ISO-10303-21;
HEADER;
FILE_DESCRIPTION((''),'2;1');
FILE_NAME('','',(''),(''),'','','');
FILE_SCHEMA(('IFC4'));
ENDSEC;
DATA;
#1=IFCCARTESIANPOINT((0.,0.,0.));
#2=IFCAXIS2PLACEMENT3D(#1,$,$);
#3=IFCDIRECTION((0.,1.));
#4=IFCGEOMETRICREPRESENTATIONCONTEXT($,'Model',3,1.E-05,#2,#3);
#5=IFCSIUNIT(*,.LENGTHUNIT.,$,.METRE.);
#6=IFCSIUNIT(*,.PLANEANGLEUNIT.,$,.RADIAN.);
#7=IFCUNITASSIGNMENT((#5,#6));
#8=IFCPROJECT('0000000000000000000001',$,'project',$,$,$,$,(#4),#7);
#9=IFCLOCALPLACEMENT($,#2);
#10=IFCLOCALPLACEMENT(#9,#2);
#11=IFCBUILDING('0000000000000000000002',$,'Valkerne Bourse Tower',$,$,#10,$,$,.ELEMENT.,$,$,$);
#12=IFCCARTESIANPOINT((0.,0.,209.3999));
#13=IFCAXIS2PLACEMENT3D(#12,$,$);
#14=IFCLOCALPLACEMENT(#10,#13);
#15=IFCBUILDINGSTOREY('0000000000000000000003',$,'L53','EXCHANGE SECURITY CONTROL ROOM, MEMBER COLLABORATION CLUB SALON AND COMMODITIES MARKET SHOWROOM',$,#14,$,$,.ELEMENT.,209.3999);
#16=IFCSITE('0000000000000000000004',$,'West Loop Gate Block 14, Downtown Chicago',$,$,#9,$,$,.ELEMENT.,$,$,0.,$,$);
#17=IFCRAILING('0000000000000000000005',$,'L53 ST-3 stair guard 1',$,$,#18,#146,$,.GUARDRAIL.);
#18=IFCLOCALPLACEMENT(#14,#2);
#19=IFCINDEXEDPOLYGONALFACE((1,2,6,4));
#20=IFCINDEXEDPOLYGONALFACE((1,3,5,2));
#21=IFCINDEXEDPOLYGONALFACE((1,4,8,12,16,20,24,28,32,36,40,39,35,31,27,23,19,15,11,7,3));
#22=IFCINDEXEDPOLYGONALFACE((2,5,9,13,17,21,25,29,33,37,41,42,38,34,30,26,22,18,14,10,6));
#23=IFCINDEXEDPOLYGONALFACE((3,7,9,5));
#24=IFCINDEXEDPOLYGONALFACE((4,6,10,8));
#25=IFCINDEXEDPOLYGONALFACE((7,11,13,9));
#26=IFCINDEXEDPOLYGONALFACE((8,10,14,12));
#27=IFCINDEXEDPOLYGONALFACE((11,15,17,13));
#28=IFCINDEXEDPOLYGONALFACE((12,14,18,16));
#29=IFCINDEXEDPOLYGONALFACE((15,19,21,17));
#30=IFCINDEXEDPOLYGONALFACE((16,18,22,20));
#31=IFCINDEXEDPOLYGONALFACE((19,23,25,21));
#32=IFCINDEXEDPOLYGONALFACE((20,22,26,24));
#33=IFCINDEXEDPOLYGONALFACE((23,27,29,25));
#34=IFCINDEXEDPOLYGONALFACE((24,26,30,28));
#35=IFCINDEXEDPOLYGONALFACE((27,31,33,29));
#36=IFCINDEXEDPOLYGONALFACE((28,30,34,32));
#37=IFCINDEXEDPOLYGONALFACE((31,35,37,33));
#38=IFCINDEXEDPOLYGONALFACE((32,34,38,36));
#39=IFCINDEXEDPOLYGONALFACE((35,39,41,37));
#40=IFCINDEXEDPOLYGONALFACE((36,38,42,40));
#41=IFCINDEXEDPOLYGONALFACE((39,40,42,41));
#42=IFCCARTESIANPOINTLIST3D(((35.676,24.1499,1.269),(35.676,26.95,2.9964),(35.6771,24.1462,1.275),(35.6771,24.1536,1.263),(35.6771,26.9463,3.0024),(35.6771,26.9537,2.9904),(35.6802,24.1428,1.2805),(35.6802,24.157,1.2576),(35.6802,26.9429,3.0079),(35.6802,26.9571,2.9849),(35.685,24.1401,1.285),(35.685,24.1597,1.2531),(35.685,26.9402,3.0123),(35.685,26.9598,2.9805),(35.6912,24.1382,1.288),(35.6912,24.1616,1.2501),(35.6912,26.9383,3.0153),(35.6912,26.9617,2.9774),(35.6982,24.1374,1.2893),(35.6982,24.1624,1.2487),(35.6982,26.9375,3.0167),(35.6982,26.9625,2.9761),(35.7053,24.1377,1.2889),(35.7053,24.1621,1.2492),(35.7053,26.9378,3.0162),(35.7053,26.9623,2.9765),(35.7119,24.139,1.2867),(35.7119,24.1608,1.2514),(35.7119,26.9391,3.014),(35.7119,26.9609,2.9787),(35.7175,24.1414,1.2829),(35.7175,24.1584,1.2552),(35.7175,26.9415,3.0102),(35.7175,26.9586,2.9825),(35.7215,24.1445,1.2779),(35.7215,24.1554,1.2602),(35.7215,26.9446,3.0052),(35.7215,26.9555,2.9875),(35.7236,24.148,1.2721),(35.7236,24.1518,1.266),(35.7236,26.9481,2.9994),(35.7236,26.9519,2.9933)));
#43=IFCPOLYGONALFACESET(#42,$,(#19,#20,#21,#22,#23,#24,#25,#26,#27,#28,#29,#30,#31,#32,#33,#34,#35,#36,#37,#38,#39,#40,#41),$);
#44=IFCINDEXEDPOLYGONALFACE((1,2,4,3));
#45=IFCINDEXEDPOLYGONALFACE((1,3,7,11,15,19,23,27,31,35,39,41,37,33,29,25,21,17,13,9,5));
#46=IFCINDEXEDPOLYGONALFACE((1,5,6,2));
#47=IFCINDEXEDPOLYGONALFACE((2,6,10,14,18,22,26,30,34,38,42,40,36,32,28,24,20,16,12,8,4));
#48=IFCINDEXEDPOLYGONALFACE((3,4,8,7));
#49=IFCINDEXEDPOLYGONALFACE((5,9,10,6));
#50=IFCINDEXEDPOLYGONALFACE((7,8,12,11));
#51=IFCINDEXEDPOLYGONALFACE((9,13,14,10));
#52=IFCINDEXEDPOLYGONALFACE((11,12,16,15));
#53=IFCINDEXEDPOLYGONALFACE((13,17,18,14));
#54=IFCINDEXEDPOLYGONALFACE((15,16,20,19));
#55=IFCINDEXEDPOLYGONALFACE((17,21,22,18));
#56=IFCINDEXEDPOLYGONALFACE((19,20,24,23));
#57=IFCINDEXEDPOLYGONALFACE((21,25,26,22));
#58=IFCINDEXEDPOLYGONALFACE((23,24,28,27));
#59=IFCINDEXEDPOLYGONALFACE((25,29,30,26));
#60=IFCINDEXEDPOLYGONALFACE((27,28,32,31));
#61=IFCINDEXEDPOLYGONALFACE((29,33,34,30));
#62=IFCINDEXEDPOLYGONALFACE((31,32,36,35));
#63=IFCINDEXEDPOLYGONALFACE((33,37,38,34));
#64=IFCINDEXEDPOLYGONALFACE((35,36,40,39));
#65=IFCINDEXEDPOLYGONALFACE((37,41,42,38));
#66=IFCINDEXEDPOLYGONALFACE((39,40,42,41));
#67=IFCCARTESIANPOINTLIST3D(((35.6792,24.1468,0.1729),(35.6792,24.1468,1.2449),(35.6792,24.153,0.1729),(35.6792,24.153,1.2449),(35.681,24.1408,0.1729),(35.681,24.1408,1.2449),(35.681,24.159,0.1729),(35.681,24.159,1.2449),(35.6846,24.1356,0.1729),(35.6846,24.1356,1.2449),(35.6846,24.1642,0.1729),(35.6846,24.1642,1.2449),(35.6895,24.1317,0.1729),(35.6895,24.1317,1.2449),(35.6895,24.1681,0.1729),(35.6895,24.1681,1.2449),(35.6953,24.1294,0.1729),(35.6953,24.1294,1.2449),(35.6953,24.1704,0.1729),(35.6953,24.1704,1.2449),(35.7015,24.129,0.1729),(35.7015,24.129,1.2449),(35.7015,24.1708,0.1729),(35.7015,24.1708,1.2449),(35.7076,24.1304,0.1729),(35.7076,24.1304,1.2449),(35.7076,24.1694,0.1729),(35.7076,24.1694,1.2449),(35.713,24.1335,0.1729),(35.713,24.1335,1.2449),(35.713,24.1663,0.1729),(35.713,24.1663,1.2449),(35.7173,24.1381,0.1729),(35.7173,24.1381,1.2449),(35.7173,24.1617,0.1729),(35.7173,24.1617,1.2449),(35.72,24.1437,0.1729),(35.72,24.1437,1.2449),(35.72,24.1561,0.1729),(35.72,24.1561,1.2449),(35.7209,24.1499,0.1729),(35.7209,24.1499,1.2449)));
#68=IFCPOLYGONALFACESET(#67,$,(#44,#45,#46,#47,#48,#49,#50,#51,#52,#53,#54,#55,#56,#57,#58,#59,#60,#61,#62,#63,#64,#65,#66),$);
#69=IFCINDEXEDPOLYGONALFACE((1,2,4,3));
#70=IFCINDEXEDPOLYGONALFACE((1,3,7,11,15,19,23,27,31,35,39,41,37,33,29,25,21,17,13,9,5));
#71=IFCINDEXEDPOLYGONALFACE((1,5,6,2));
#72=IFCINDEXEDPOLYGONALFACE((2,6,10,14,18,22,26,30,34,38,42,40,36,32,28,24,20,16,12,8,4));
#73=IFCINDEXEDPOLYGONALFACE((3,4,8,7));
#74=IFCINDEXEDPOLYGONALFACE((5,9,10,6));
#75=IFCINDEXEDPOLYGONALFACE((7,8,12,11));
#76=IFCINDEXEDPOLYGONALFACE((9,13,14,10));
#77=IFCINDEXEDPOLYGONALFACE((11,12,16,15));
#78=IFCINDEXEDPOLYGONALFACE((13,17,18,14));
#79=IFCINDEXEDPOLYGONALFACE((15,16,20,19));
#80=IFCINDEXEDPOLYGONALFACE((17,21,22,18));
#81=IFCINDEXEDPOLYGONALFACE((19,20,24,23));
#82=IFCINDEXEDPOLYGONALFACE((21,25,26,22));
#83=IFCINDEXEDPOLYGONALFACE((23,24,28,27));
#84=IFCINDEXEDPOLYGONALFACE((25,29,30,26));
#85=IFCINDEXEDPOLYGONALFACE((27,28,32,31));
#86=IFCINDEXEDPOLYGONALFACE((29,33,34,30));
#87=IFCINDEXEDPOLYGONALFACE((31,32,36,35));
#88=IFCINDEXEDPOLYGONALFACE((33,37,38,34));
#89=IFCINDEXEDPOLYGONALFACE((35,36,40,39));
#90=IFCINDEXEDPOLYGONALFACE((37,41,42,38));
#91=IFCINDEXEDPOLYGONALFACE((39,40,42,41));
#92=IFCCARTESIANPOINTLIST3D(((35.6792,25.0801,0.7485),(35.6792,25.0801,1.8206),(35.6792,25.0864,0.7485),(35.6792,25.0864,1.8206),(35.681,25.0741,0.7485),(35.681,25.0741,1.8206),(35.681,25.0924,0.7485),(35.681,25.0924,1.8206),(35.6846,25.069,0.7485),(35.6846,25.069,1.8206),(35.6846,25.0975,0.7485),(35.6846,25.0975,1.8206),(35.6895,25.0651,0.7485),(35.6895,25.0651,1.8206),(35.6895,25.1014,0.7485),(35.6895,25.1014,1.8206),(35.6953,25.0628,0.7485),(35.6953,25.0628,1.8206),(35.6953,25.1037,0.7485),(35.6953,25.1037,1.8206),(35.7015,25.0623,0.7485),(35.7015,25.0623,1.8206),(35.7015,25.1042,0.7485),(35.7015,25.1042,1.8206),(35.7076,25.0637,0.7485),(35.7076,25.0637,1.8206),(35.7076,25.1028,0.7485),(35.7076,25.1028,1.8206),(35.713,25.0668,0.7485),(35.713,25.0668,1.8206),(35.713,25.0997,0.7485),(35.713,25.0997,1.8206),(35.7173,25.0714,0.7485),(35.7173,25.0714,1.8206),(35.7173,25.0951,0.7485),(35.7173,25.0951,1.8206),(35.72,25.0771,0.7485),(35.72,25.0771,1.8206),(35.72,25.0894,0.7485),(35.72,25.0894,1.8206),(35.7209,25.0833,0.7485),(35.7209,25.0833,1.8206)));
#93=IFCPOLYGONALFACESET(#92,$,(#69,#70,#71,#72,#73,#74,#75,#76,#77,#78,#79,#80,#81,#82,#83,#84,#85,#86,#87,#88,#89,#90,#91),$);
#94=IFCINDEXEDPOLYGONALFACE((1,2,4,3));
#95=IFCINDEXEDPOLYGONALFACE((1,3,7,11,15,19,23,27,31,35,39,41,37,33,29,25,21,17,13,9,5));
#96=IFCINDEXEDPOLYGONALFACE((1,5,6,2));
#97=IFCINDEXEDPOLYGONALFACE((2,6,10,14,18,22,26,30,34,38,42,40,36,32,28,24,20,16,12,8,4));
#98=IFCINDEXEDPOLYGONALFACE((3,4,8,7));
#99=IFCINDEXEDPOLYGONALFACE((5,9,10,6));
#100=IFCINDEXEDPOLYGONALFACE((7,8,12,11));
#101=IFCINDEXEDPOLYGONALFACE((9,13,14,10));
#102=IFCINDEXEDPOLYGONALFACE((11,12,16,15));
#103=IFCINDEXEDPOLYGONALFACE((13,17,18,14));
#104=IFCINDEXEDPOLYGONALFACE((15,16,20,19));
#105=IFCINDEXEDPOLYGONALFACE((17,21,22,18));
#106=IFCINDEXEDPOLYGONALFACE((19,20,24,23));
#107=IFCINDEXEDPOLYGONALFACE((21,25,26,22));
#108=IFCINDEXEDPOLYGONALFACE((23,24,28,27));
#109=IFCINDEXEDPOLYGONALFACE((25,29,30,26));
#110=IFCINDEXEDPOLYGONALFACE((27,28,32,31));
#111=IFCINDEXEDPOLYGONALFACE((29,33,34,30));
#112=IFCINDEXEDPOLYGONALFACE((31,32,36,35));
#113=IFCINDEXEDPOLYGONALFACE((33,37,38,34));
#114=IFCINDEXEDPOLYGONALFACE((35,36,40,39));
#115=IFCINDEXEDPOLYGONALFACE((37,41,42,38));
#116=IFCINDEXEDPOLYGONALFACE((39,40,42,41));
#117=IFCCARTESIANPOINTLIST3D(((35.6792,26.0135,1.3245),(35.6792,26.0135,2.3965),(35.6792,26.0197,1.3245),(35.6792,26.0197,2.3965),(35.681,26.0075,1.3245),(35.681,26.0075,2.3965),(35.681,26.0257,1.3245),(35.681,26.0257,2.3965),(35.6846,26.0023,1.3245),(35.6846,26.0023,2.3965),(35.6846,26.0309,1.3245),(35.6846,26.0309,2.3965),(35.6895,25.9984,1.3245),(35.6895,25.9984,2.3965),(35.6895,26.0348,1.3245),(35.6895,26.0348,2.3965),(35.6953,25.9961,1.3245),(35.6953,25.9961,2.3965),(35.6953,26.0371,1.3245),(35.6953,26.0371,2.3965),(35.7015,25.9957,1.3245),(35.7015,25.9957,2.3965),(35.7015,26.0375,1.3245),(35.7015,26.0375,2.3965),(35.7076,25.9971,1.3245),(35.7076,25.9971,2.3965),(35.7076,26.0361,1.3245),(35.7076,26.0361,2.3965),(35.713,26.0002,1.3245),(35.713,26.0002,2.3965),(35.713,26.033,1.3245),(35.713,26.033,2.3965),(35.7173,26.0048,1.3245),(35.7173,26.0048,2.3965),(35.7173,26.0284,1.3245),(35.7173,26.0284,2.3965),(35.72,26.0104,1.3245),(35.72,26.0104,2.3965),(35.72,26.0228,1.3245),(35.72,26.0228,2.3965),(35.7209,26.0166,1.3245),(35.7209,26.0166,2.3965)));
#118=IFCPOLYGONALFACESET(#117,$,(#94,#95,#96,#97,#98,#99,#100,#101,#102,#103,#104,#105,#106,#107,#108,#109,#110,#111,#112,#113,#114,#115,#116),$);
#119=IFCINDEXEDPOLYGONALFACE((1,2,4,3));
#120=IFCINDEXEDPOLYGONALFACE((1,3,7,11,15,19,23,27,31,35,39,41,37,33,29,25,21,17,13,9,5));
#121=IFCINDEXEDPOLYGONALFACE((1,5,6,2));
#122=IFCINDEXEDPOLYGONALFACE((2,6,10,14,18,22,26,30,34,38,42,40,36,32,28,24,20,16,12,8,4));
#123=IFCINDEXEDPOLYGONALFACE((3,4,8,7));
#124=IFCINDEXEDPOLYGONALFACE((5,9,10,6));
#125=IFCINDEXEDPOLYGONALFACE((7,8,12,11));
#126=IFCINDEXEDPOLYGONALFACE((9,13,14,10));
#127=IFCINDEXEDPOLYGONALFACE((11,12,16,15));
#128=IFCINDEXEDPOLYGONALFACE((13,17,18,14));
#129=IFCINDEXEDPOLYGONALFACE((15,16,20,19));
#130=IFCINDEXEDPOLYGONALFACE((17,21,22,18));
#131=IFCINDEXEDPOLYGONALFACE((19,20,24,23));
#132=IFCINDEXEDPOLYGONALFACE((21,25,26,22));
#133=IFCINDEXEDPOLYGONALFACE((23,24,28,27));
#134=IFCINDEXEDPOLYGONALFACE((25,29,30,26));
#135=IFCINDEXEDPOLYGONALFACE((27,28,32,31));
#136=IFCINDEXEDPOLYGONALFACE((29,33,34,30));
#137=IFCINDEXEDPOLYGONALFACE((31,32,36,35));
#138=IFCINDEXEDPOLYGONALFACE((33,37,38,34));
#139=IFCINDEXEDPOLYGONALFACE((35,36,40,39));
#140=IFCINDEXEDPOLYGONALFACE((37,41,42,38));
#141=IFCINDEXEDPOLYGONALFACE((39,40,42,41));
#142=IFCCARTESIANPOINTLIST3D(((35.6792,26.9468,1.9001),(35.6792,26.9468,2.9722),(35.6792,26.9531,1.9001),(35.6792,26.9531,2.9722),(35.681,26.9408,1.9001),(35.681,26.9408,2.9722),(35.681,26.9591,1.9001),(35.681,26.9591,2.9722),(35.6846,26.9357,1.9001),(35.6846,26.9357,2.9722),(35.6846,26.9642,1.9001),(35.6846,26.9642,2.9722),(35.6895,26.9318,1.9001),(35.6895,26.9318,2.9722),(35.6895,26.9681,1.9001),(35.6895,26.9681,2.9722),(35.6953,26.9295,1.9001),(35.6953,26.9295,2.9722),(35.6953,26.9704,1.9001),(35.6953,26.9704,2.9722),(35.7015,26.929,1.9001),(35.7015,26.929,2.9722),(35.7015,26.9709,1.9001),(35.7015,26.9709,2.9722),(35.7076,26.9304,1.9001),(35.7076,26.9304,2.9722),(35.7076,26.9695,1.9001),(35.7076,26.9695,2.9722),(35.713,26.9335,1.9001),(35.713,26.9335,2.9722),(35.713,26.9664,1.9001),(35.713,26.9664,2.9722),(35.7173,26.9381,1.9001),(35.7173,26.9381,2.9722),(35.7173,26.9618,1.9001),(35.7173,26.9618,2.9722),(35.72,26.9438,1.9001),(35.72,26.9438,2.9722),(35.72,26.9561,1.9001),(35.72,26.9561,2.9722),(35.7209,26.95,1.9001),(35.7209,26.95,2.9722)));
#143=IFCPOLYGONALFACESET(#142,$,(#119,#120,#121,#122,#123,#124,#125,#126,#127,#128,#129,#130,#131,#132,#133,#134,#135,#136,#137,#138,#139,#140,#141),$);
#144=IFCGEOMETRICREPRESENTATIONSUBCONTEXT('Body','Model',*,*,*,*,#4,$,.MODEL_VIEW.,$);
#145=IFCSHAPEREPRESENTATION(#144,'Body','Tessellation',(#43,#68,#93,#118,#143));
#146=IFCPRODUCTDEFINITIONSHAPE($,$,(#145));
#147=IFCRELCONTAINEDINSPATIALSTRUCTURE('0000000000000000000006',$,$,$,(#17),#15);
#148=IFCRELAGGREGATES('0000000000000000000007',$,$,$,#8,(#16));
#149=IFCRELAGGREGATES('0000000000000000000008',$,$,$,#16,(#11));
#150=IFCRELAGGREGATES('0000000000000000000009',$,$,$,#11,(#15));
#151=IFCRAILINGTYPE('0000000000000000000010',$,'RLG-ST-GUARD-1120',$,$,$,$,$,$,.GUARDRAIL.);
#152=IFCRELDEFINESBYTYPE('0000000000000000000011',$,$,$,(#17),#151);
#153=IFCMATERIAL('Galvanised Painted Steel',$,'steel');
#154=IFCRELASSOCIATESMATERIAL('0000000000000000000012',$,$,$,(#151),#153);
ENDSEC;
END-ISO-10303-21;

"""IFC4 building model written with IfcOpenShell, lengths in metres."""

from ifc_helpers import new_model, si_unit, direction, frame, origin, origin_2d, place, context, subcontext, project, spatial, circle, extrude, material, type_object, element, save


model = new_model("IFC4")

# Units and contexts
model_context = context("Model", 3, precision=1e-05, world=origin(), true_north=direction((0.0, 1.0)))
body_context = subcontext(model_context, "Body", "Model", "MODEL_VIEW")
ifc_project = project(units=[si_unit("LENGTHUNIT", "METRE"), si_unit("PLANEANGLEUNIT", "RADIAN")], contexts=[model_context])

# Site, building, storey
site_placement = place(None, origin())
site = spatial("IfcSite", under=ifc_project, at=site_placement, Name="West Loop Gate Block 14, Downtown Chicago", CompositionType="ELEMENT", RefElevation=0.0)
building_placement = place(site_placement, origin())
building = spatial("IfcBuilding", under=site, at=building_placement, Name="Valkerne Bourse Tower", CompositionType="ELEMENT")
storey_placement = place(building_placement, frame((0.0, 0.0, 209.3999)))
storey = spatial("IfcBuildingStorey", under=building, at=storey_placement, Name="L53", Description="EXCHANGE SECURITY CONTROL ROOM, MEMBER COLLABORATION CLUB SALON AND COMMODITIES MARKET SHOWROOM", CompositionType="ELEMENT", Elevation=209.3999)

# Railing
ifc_material_1 = material(Name="Galvanised Painted Steel", Category="steel")
railing_type_1 = type_object("IfcRailingType", Name="RLG-ST-GUARD-1120", PredefinedType="GUARDRAIL", material=ifc_material_1)
railing_1_placement = place(storey_placement, frame((35.7, 24.1499, 0.1729)))
element("IfcRailing", 1, at=railing_1_placement, inside=storey, type_object=railing_type_1, Name="L53 ST-3 stair guard 1", PredefinedType="GUARDRAIL", context=body_context, shape_type="SweptSolid", body=[
    extrude(circle(Radius=0.0239, at=origin_2d()), frame((0.0, 0.0, 1.0962), z_axis=(0.0, 0.85109, 0.52502), x_axis=(-1.0, 0.0, 0.0)), (0.0, 0.0, 1.0), 3.29),
    extrude(circle(Radius=0.021, at=origin_2d()), origin(), (0.0, 0.0, 1.0), 1.072),
    extrude(circle(Radius=0.021, at=origin_2d()), frame((0.0, 0.9333, 0.5757)), (0.0, 0.0, 1.0), 1.072),
    extrude(circle(Radius=0.021, at=origin_2d()), frame((0.0, 1.8667, 1.1516)), (0.0, 0.0, 1.0), 1.072),
    extrude(circle(Radius=0.021, at=origin_2d()), frame((0.0, 2.8, 1.7273)), (0.0, 0.0, 1.0), 1.072),
])

save(model, "model.ifc")
